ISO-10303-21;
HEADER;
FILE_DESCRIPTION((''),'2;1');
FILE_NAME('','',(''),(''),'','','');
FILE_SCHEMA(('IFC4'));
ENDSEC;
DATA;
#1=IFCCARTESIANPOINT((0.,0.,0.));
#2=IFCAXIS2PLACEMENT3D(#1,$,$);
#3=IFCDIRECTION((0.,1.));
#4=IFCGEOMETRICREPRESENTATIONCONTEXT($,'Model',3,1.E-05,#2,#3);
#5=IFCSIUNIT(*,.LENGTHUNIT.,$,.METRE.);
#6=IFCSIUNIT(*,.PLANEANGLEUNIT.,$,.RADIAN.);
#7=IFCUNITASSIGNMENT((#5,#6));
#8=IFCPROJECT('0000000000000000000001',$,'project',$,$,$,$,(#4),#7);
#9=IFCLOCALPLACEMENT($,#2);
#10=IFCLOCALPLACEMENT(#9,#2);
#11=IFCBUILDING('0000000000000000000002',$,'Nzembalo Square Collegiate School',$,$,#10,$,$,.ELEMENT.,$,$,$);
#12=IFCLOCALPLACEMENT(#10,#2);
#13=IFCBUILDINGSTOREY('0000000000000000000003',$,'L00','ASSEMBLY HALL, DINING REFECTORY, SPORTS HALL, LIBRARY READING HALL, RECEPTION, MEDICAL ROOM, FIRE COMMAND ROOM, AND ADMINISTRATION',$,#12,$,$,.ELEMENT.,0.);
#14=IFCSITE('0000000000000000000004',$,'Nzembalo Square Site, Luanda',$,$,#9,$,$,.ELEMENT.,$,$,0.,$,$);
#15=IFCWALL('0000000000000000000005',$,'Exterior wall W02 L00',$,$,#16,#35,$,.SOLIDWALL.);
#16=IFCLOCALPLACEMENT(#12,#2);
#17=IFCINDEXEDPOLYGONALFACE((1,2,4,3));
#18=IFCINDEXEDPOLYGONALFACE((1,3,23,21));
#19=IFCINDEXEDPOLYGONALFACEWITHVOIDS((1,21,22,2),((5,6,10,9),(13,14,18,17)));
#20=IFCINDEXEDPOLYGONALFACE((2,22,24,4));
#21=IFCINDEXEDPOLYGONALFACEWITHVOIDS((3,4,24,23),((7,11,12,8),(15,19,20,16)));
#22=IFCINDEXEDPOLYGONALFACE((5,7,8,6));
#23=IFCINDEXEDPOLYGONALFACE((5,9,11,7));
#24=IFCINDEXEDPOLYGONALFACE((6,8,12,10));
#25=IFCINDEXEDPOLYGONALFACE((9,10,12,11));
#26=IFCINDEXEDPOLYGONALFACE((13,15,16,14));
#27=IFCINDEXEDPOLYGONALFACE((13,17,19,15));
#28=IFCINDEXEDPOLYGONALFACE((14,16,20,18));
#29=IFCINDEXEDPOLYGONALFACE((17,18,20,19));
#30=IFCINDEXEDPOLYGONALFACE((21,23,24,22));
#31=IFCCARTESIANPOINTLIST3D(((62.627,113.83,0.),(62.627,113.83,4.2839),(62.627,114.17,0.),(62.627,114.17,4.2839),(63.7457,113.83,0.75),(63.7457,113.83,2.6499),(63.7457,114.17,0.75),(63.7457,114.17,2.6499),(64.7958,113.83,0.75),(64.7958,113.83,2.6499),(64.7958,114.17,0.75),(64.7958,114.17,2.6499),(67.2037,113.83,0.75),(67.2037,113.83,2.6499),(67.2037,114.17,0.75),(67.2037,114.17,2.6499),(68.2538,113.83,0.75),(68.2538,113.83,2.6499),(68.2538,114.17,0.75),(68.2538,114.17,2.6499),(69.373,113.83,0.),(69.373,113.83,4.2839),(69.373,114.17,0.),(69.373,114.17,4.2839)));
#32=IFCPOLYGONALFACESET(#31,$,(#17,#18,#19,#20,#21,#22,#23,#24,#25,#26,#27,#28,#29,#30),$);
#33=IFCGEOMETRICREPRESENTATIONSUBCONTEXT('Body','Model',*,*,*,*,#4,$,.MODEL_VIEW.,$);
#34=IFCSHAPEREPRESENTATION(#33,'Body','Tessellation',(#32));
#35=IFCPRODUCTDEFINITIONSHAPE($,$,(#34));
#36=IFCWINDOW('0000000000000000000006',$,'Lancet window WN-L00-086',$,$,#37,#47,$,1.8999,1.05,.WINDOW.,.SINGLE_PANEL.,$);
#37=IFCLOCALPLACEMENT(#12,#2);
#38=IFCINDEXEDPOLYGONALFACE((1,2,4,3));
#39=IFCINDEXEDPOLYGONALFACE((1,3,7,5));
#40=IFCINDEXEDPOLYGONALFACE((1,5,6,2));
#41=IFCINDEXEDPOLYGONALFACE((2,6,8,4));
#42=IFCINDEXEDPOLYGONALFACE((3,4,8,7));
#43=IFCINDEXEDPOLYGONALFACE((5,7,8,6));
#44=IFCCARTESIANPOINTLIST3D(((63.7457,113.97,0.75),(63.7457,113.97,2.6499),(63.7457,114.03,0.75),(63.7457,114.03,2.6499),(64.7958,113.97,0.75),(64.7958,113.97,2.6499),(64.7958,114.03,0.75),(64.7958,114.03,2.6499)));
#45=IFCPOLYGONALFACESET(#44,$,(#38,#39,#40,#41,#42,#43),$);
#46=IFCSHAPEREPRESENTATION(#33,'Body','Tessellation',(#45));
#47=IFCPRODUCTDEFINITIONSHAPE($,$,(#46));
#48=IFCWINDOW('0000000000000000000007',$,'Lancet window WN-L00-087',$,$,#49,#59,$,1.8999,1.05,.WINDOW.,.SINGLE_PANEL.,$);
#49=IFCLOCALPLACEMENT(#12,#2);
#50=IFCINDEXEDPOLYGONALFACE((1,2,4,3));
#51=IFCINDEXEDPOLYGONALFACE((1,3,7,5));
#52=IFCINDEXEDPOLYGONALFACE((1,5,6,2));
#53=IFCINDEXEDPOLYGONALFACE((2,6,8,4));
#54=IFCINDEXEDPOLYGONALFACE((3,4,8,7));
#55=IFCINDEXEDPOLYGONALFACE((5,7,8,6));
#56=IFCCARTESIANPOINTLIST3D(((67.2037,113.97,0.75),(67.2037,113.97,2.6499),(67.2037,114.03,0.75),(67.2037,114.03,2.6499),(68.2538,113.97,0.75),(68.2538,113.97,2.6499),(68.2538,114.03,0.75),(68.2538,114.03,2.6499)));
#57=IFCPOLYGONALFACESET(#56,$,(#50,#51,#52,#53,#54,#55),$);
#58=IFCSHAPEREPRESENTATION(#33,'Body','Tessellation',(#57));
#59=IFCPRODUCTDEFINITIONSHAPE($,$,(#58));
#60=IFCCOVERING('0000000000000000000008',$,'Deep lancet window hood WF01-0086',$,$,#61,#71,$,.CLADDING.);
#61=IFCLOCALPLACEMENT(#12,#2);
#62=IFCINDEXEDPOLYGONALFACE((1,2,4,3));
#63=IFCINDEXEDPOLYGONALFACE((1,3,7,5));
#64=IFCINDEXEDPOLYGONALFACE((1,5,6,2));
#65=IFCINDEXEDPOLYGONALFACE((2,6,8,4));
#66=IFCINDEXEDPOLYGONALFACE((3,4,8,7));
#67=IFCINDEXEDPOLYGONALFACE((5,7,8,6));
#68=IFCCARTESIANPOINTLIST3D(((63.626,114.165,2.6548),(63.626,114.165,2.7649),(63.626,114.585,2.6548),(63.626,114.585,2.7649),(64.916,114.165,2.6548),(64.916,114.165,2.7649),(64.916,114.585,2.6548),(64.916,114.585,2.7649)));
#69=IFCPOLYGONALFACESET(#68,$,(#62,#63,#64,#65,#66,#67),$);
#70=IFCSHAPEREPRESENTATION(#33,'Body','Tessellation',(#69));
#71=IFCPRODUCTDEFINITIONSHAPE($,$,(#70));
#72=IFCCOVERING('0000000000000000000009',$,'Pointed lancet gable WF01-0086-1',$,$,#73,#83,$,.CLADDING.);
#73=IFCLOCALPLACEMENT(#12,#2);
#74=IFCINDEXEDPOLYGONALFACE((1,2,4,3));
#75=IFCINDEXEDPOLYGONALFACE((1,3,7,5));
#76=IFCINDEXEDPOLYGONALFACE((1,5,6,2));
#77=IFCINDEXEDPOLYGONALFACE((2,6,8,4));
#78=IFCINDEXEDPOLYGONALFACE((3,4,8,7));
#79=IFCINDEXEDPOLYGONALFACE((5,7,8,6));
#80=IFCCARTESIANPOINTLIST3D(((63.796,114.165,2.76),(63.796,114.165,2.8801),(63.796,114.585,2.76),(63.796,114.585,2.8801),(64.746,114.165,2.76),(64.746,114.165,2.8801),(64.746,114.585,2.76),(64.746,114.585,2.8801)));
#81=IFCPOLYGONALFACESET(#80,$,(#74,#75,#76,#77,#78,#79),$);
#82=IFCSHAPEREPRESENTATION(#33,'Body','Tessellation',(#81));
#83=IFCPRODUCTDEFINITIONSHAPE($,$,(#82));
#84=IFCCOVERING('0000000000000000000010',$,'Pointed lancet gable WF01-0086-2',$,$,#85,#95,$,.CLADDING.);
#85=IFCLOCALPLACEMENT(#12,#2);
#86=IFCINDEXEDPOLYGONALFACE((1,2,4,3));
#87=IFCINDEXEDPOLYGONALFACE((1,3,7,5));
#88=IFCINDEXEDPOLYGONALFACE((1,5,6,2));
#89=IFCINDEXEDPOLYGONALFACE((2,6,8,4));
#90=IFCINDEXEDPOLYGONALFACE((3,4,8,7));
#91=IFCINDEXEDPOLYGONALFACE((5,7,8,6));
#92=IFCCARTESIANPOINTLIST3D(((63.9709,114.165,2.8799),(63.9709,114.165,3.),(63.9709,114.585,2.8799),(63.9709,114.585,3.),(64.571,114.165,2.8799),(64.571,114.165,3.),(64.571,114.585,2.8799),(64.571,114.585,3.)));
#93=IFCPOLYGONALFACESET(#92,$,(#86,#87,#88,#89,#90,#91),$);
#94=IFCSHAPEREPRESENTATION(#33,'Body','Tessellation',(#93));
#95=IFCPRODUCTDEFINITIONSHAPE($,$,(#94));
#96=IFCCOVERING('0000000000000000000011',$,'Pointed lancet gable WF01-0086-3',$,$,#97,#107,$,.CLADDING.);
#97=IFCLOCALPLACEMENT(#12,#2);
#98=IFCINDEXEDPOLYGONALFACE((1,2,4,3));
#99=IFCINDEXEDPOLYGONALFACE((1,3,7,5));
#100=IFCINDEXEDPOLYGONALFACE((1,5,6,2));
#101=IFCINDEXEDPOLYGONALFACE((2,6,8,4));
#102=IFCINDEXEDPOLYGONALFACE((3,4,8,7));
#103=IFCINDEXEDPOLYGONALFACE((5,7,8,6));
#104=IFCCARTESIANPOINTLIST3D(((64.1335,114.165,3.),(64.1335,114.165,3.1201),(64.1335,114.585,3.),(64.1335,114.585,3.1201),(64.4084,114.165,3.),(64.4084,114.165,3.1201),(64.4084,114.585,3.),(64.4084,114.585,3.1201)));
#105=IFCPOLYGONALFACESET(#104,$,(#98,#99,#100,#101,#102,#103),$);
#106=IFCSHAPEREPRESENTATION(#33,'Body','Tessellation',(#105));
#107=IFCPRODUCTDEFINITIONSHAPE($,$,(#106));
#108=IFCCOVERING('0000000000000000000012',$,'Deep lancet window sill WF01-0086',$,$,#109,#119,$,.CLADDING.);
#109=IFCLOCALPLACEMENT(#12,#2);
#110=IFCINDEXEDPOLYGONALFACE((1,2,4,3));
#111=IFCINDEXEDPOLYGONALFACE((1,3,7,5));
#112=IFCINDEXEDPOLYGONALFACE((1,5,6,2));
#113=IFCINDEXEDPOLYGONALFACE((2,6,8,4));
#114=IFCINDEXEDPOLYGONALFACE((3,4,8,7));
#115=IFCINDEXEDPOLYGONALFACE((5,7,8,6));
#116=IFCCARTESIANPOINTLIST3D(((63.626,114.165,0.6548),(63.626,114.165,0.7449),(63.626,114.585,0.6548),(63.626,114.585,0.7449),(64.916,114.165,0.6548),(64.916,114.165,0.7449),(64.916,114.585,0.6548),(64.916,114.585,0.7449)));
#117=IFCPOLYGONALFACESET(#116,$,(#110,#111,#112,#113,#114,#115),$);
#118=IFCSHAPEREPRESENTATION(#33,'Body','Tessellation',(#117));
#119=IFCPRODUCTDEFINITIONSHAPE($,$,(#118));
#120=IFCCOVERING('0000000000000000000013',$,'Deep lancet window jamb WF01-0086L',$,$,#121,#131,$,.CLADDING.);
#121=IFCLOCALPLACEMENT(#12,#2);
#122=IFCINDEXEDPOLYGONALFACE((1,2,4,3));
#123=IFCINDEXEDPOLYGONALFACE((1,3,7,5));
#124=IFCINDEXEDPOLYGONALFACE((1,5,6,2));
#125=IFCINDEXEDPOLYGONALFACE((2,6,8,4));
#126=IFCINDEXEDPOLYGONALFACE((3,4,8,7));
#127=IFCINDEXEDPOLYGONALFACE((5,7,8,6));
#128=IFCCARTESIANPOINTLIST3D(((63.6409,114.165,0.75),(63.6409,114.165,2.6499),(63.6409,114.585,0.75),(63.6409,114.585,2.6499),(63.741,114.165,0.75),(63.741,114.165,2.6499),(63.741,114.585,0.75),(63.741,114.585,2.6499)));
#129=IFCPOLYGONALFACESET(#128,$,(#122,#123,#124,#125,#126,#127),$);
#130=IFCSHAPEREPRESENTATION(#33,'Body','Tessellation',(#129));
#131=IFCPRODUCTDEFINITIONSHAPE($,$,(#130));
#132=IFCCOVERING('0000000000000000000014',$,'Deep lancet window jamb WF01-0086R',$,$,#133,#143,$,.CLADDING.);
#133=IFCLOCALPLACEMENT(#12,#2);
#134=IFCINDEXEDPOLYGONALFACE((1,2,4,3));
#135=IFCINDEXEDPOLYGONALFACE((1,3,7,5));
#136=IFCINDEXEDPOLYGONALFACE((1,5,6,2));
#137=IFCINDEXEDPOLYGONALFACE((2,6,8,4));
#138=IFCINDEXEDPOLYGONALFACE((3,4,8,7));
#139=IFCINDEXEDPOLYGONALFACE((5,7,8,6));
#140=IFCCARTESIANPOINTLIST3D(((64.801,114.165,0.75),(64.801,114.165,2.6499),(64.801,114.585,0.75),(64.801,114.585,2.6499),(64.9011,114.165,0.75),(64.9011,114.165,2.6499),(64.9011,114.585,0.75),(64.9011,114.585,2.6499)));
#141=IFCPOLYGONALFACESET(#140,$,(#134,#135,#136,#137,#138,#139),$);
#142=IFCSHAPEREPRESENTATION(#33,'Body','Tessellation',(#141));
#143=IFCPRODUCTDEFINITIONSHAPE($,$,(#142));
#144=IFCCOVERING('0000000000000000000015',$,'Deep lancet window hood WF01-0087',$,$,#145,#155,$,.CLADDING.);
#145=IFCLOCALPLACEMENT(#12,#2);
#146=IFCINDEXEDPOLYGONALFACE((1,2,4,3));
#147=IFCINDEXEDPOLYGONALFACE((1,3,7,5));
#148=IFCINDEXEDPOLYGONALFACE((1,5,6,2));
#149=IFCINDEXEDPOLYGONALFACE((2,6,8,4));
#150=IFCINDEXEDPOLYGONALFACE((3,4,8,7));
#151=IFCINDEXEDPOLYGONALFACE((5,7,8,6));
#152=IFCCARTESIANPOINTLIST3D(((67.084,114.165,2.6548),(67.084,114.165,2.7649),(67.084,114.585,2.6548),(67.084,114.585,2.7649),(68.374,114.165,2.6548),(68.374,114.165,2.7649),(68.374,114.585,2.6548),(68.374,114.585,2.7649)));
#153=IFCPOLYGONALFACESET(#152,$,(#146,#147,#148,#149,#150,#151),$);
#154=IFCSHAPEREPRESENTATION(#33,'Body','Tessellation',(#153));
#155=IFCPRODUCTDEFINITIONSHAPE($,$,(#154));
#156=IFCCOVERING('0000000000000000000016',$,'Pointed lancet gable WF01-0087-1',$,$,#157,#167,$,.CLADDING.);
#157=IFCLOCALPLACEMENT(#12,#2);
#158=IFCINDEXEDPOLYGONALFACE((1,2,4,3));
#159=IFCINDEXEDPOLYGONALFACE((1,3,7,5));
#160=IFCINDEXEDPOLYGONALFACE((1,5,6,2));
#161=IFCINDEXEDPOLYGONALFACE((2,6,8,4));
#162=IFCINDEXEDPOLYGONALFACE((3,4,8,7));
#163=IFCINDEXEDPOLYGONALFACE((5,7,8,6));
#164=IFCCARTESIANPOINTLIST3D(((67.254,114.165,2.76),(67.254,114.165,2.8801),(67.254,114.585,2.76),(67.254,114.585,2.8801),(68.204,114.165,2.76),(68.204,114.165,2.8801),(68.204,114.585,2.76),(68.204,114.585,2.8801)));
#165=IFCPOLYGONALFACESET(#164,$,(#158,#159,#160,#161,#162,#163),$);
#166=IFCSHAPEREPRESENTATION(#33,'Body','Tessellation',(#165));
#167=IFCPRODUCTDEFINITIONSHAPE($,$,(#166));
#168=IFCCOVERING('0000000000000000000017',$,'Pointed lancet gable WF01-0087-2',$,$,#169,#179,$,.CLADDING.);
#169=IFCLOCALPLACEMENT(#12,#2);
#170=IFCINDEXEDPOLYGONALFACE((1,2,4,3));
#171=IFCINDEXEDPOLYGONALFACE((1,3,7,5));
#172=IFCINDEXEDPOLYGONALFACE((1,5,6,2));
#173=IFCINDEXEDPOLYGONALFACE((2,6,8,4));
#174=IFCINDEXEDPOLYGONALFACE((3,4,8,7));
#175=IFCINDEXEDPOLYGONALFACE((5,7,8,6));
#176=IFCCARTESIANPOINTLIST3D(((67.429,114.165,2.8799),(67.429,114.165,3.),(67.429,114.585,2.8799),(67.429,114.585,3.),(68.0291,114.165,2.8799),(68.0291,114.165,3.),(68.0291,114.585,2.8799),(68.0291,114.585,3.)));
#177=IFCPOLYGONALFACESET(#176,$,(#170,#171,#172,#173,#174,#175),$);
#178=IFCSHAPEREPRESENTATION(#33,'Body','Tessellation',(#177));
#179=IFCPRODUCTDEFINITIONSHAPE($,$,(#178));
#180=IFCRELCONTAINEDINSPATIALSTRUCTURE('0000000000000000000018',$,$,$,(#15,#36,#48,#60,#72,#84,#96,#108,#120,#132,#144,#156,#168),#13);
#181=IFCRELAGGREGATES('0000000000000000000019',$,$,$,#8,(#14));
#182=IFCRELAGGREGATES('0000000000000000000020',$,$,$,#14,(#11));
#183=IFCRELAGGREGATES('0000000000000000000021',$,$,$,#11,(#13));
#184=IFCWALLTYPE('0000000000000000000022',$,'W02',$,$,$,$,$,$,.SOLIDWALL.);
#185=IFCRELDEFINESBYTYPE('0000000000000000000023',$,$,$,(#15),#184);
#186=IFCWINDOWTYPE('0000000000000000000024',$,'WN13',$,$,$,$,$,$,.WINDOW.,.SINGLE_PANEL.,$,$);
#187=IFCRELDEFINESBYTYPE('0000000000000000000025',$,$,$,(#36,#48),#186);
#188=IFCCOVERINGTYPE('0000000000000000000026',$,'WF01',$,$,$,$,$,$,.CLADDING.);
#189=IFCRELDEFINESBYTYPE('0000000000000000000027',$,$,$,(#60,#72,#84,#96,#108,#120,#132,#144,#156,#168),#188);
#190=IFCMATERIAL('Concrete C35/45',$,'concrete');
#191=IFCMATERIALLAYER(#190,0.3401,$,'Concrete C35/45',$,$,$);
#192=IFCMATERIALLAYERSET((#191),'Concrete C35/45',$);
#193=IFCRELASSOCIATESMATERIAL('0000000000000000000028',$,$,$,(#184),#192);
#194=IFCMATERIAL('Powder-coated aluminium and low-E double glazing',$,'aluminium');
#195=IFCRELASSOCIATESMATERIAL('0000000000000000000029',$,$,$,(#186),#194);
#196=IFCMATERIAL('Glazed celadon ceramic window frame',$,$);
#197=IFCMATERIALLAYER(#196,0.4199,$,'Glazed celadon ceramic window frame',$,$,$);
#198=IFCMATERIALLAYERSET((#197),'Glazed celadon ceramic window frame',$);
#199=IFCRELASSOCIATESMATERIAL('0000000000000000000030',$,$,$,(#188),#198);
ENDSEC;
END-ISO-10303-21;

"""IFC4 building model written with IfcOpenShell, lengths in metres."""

from ifc_helpers import new_model, si_unit, direction, frame, frame_2d, origin, origin_2d, place, context, subcontext, project, spatial, rectangle, extrude, material, layer, layer_set, type_object, element, fill, save


model = new_model("IFC4")

# Units and contexts
model_context = context("Model", 3, precision=1e-05, world=origin(), true_north=direction((0.0, 1.0)))
body_context = subcontext(model_context, "Body", "Model", "MODEL_VIEW")
ifc_project = project(units=[si_unit("LENGTHUNIT", "METRE"), si_unit("PLANEANGLEUNIT", "RADIAN")], contexts=[model_context])

# Site, building, storey
site_placement = place(None, origin())
site = spatial("IfcSite", under=ifc_project, at=site_placement, Name="Nzembalo Square Site, Luanda", CompositionType="ELEMENT", RefElevation=0.0)
building_placement = place(site_placement, origin())
building = spatial("IfcBuilding", under=site, at=building_placement, Name="Nzembalo Square Collegiate School", CompositionType="ELEMENT")
storey_placement = place(building_placement, origin())
storey = spatial("IfcBuildingStorey", under=building, at=storey_placement, Name="L00", Description="ASSEMBLY HALL, DINING REFECTORY, SPORTS HALL, LIBRARY READING HALL, RECEPTION, MEDICAL ROOM, FIRE COMMAND ROOM, AND ADMINISTRATION", CompositionType="ELEMENT", Elevation=0.0)

# Wall, openings, windows
ifc_material_1 = material(Name="Concrete C35/45", Category="concrete")
ifc_layer_1 = layer(ifc_material_1, 0.3401, Name="Concrete C35/45")
ifc_layer_set_1 = layer_set([ifc_layer_1], Name="Concrete C35/45")
wall_type_1 = type_object("IfcWallType", Name="W02", PredefinedType="SOLIDWALL", material=ifc_layer_set_1)
wall_1_placement = place(storey_placement, frame((62.627, 114.0, 0.0), z_axis=(0.0, 0.0, 1.0), x_axis=(1.0, 0.0, 0.0)))
wall_1 = element("IfcWall", 1, at=wall_1_placement, inside=storey, type_object=wall_type_1, Name="Exterior wall W02 L00", PredefinedType="SOLIDWALL", context=body_context, shape_type="SweptSolid", body=[
    extrude(rectangle(XDim=6.7461, YDim=0.3401, at=frame_2d((3.373, 0.0))), origin(), (0.0, 0.0, 1.0), 4.2839),
])
opening_1_placement = place(wall_1_placement, frame((1.1189, 0.0, 0.75)))
opening_1 = element("IfcOpeningElement", 2, at=opening_1_placement, cuts=wall_1, PredefinedType="OPENING", context=body_context, shape_type="SweptSolid", body=[
    extrude(rectangle(XDim=1.05, YDim=1.8999, at=frame_2d((0.5249, 0.95))), frame((0.0, 0.1802, 0.0), z_axis=(0.0, -1.0, 0.0), x_axis=(1.0, 0.0, 0.0)), (0.0, 0.0, 1.0), 0.3601),
])
opening_2_placement = place(wall_1_placement, frame((4.5769, 0.0, 0.75)))
opening_2 = element("IfcOpeningElement", 3, at=opening_2_placement, cuts=wall_1, PredefinedType="OPENING", context=body_context, shape_type="SweptSolid", body=[
    extrude(rectangle(XDim=1.05, YDim=1.8999, at=frame_2d((0.5249, 0.95))), frame((0.0, 0.1802, 0.0), z_axis=(0.0, -1.0, 0.0), x_axis=(1.0, 0.0, 0.0)), (0.0, 0.0, 1.0), 0.3601),
])
ifc_material_2 = material(Name="Powder-coated aluminium and low-E double glazing", Category="aluminium")
window_type_1 = type_object("IfcWindowType", Name="WN13", PartitioningType="SINGLE_PANEL", PredefinedType="WINDOW", material=ifc_material_2)
window_1_placement = place(opening_1_placement, origin())
window_1 = element("IfcWindow", 4, at=window_1_placement, inside=storey, type_object=window_type_1, Name="Lancet window WN-L00-086", OverallHeight=1.8999, OverallWidth=1.05, PartitioningType="SINGLE_PANEL", PredefinedType="WINDOW", context=body_context, shape_type="SweptSolid", body=[
    extrude(rectangle(XDim=1.05, YDim=1.8999, at=frame_2d((0.5249, 0.95))), frame((0.0, 0.03, 0.0), z_axis=(0.0, -1.0, 0.0), x_axis=(1.0, 0.0, 0.0)), (0.0, 0.0, 1.0), 0.0601),
])
fill(opening_1, window_1)
window_2_placement = place(opening_2_placement, origin())
window_2 = element("IfcWindow", 5, at=window_2_placement, inside=storey, type_object=window_type_1, Name="Lancet window WN-L00-087", OverallHeight=1.8999, OverallWidth=1.05, PartitioningType="SINGLE_PANEL", PredefinedType="WINDOW", context=body_context, shape_type="SweptSolid", body=[
    extrude(rectangle(XDim=1.05, YDim=1.8999, at=frame_2d((0.5249, 0.95))), frame((0.0, 0.03, 0.0), z_axis=(0.0, -1.0, 0.0), x_axis=(1.0, 0.0, 0.0)), (0.0, 0.0, 1.0), 0.0601),
])
fill(opening_2, window_2)

# Coverings
ifc_material_3 = material(Name="Glazed celadon ceramic window frame")
ifc_layer_2 = layer(ifc_material_3, 0.4199, Name="Glazed celadon ceramic window frame")
ifc_layer_set_2 = layer_set([ifc_layer_2], Name="Glazed celadon ceramic window frame")
covering_type = type_object("IfcCoveringType", Name="WF01", PredefinedType="CLADDING", material=ifc_layer_set_2)
covering_1_placement = place(storey_placement, frame((64.271, 114.375, 2.6548), z_axis=(0.0, 0.0, 1.0), x_axis=(1.0, 0.0, 0.0)))
element("IfcCovering", 6, at=covering_1_placement, inside=storey, type_object=covering_type, Name="Deep lancet window hood WF01-0086", PredefinedType="CLADDING", context=body_context, shape_type="SweptSolid", body=[
    extrude(rectangle(XDim=1.29, YDim=0.4199, at=origin_2d()), origin(), (0.0, 0.0, 1.0), 0.1101),
])
covering_2_placement = place(storey_placement, frame((64.271, 114.375, 2.76), z_axis=(0.0, 0.0, 1.0), x_axis=(1.0, 0.0, 0.0)))
element("IfcCovering", 7, at=covering_2_placement, inside=storey, type_object=covering_type, Name="Pointed lancet gable WF01-0086-1", PredefinedType="CLADDING", context=body_context, shape_type="SweptSolid", body=[
    extrude(rectangle(XDim=0.95, YDim=0.4199, at=origin_2d()), origin(), (0.0, 0.0, 1.0), 0.1201),
])
covering_3_placement = place(storey_placement, frame((64.271, 114.375, 2.8799), z_axis=(0.0, 0.0, 1.0), x_axis=(1.0, 0.0, 0.0)))
element("IfcCovering", 8, at=covering_3_placement, inside=storey, type_object=covering_type, Name="Pointed lancet gable WF01-0086-2", PredefinedType="CLADDING", context=body_context, shape_type="SweptSolid", body=[
    extrude(rectangle(XDim=0.6001, YDim=0.4199, at=origin_2d()), origin(), (0.0, 0.0, 1.0), 0.1201),
])
covering_4_placement = place(storey_placement, frame((64.271, 114.375, 3.0), z_axis=(0.0, 0.0, 1.0), x_axis=(1.0, 0.0, 0.0)))
element("IfcCovering", 9, at=covering_4_placement, inside=storey, type_object=covering_type, Name="Pointed lancet gable WF01-0086-3", PredefinedType="CLADDING", context=body_context, shape_type="SweptSolid", body=[
    extrude(rectangle(XDim=0.2749, YDim=0.4199, at=origin_2d()), origin(), (0.0, 0.0, 1.0), 0.1201),
])
covering_5_placement = place(storey_placement, frame((64.271, 114.375, 0.6548), z_axis=(0.0, 0.0, 1.0), x_axis=(1.0, 0.0, 0.0)))
element("IfcCovering", 10, at=covering_5_placement, inside=storey, type_object=covering_type, Name="Deep lancet window sill WF01-0086", PredefinedType="CLADDING", context=body_context, shape_type="SweptSolid", body=[
    extrude(rectangle(XDim=1.29, YDim=0.4199, at=origin_2d()), origin(), (0.0, 0.0, 1.0), 0.0901),
])
for number, where, z_axis, x_axis, name in (
    (11, (63.6909, 114.375, 0.75), (0.0, 0.0, 1.0), (1.0, 0.0, 0.0), "Deep lancet window jamb WF01-0086L"),
    (12, (64.8511, 114.375, 0.75), (0.0, 0.0, 1.0), (1.0, 0.0, 0.0), "Deep lancet window jamb WF01-0086R"),
):
    element("IfcCovering", number, at=place(storey_placement, frame(where, z_axis=z_axis, x_axis=x_axis)), inside=storey, type_object=covering_type, Name=name, PredefinedType="CLADDING", context=body_context, shape_type="SweptSolid", body=[
        extrude(rectangle(XDim=0.1001, YDim=0.4199, at=origin_2d()), origin(), (0.0, 0.0, 1.0), 1.8999),
    ])
covering_6_placement = place(storey_placement, frame((67.729, 114.375, 2.6548), z_axis=(0.0, 0.0, 1.0), x_axis=(1.0, 0.0, 0.0)))
element("IfcCovering", 13, at=covering_6_placement, inside=storey, type_object=covering_type, Name="Deep lancet window hood WF01-0087", PredefinedType="CLADDING", context=body_context, shape_type="SweptSolid", body=[
    extrude(rectangle(XDim=1.29, YDim=0.4199, at=origin_2d()), origin(), (0.0, 0.0, 1.0), 0.1101),
])
covering_7_placement = place(storey_placement, frame((67.729, 114.375, 2.76), z_axis=(0.0, 0.0, 1.0), x_axis=(1.0, 0.0, 0.0)))
element("IfcCovering", 14, at=covering_7_placement, inside=storey, type_object=covering_type, Name="Pointed lancet gable WF01-0087-1", PredefinedType="CLADDING", context=body_context, shape_type="SweptSolid", body=[
    extrude(rectangle(XDim=0.95, YDim=0.4199, at=origin_2d()), origin(), (0.0, 0.0, 1.0), 0.1201),
])
covering_8_placement = place(storey_placement, frame((67.729, 114.375, 2.8799), z_axis=(0.0, 0.0, 1.0), x_axis=(1.0, 0.0, 0.0)))
element("IfcCovering", 15, at=covering_8_placement, inside=storey, type_object=covering_type, Name="Pointed lancet gable WF01-0087-2", PredefinedType="CLADDING", context=body_context, shape_type="SweptSolid", body=[
    extrude(rectangle(XDim=0.6001, YDim=0.4199, at=origin_2d()), origin(), (0.0, 0.0, 1.0), 0.1201),
])

save(model, "model.ifc")
